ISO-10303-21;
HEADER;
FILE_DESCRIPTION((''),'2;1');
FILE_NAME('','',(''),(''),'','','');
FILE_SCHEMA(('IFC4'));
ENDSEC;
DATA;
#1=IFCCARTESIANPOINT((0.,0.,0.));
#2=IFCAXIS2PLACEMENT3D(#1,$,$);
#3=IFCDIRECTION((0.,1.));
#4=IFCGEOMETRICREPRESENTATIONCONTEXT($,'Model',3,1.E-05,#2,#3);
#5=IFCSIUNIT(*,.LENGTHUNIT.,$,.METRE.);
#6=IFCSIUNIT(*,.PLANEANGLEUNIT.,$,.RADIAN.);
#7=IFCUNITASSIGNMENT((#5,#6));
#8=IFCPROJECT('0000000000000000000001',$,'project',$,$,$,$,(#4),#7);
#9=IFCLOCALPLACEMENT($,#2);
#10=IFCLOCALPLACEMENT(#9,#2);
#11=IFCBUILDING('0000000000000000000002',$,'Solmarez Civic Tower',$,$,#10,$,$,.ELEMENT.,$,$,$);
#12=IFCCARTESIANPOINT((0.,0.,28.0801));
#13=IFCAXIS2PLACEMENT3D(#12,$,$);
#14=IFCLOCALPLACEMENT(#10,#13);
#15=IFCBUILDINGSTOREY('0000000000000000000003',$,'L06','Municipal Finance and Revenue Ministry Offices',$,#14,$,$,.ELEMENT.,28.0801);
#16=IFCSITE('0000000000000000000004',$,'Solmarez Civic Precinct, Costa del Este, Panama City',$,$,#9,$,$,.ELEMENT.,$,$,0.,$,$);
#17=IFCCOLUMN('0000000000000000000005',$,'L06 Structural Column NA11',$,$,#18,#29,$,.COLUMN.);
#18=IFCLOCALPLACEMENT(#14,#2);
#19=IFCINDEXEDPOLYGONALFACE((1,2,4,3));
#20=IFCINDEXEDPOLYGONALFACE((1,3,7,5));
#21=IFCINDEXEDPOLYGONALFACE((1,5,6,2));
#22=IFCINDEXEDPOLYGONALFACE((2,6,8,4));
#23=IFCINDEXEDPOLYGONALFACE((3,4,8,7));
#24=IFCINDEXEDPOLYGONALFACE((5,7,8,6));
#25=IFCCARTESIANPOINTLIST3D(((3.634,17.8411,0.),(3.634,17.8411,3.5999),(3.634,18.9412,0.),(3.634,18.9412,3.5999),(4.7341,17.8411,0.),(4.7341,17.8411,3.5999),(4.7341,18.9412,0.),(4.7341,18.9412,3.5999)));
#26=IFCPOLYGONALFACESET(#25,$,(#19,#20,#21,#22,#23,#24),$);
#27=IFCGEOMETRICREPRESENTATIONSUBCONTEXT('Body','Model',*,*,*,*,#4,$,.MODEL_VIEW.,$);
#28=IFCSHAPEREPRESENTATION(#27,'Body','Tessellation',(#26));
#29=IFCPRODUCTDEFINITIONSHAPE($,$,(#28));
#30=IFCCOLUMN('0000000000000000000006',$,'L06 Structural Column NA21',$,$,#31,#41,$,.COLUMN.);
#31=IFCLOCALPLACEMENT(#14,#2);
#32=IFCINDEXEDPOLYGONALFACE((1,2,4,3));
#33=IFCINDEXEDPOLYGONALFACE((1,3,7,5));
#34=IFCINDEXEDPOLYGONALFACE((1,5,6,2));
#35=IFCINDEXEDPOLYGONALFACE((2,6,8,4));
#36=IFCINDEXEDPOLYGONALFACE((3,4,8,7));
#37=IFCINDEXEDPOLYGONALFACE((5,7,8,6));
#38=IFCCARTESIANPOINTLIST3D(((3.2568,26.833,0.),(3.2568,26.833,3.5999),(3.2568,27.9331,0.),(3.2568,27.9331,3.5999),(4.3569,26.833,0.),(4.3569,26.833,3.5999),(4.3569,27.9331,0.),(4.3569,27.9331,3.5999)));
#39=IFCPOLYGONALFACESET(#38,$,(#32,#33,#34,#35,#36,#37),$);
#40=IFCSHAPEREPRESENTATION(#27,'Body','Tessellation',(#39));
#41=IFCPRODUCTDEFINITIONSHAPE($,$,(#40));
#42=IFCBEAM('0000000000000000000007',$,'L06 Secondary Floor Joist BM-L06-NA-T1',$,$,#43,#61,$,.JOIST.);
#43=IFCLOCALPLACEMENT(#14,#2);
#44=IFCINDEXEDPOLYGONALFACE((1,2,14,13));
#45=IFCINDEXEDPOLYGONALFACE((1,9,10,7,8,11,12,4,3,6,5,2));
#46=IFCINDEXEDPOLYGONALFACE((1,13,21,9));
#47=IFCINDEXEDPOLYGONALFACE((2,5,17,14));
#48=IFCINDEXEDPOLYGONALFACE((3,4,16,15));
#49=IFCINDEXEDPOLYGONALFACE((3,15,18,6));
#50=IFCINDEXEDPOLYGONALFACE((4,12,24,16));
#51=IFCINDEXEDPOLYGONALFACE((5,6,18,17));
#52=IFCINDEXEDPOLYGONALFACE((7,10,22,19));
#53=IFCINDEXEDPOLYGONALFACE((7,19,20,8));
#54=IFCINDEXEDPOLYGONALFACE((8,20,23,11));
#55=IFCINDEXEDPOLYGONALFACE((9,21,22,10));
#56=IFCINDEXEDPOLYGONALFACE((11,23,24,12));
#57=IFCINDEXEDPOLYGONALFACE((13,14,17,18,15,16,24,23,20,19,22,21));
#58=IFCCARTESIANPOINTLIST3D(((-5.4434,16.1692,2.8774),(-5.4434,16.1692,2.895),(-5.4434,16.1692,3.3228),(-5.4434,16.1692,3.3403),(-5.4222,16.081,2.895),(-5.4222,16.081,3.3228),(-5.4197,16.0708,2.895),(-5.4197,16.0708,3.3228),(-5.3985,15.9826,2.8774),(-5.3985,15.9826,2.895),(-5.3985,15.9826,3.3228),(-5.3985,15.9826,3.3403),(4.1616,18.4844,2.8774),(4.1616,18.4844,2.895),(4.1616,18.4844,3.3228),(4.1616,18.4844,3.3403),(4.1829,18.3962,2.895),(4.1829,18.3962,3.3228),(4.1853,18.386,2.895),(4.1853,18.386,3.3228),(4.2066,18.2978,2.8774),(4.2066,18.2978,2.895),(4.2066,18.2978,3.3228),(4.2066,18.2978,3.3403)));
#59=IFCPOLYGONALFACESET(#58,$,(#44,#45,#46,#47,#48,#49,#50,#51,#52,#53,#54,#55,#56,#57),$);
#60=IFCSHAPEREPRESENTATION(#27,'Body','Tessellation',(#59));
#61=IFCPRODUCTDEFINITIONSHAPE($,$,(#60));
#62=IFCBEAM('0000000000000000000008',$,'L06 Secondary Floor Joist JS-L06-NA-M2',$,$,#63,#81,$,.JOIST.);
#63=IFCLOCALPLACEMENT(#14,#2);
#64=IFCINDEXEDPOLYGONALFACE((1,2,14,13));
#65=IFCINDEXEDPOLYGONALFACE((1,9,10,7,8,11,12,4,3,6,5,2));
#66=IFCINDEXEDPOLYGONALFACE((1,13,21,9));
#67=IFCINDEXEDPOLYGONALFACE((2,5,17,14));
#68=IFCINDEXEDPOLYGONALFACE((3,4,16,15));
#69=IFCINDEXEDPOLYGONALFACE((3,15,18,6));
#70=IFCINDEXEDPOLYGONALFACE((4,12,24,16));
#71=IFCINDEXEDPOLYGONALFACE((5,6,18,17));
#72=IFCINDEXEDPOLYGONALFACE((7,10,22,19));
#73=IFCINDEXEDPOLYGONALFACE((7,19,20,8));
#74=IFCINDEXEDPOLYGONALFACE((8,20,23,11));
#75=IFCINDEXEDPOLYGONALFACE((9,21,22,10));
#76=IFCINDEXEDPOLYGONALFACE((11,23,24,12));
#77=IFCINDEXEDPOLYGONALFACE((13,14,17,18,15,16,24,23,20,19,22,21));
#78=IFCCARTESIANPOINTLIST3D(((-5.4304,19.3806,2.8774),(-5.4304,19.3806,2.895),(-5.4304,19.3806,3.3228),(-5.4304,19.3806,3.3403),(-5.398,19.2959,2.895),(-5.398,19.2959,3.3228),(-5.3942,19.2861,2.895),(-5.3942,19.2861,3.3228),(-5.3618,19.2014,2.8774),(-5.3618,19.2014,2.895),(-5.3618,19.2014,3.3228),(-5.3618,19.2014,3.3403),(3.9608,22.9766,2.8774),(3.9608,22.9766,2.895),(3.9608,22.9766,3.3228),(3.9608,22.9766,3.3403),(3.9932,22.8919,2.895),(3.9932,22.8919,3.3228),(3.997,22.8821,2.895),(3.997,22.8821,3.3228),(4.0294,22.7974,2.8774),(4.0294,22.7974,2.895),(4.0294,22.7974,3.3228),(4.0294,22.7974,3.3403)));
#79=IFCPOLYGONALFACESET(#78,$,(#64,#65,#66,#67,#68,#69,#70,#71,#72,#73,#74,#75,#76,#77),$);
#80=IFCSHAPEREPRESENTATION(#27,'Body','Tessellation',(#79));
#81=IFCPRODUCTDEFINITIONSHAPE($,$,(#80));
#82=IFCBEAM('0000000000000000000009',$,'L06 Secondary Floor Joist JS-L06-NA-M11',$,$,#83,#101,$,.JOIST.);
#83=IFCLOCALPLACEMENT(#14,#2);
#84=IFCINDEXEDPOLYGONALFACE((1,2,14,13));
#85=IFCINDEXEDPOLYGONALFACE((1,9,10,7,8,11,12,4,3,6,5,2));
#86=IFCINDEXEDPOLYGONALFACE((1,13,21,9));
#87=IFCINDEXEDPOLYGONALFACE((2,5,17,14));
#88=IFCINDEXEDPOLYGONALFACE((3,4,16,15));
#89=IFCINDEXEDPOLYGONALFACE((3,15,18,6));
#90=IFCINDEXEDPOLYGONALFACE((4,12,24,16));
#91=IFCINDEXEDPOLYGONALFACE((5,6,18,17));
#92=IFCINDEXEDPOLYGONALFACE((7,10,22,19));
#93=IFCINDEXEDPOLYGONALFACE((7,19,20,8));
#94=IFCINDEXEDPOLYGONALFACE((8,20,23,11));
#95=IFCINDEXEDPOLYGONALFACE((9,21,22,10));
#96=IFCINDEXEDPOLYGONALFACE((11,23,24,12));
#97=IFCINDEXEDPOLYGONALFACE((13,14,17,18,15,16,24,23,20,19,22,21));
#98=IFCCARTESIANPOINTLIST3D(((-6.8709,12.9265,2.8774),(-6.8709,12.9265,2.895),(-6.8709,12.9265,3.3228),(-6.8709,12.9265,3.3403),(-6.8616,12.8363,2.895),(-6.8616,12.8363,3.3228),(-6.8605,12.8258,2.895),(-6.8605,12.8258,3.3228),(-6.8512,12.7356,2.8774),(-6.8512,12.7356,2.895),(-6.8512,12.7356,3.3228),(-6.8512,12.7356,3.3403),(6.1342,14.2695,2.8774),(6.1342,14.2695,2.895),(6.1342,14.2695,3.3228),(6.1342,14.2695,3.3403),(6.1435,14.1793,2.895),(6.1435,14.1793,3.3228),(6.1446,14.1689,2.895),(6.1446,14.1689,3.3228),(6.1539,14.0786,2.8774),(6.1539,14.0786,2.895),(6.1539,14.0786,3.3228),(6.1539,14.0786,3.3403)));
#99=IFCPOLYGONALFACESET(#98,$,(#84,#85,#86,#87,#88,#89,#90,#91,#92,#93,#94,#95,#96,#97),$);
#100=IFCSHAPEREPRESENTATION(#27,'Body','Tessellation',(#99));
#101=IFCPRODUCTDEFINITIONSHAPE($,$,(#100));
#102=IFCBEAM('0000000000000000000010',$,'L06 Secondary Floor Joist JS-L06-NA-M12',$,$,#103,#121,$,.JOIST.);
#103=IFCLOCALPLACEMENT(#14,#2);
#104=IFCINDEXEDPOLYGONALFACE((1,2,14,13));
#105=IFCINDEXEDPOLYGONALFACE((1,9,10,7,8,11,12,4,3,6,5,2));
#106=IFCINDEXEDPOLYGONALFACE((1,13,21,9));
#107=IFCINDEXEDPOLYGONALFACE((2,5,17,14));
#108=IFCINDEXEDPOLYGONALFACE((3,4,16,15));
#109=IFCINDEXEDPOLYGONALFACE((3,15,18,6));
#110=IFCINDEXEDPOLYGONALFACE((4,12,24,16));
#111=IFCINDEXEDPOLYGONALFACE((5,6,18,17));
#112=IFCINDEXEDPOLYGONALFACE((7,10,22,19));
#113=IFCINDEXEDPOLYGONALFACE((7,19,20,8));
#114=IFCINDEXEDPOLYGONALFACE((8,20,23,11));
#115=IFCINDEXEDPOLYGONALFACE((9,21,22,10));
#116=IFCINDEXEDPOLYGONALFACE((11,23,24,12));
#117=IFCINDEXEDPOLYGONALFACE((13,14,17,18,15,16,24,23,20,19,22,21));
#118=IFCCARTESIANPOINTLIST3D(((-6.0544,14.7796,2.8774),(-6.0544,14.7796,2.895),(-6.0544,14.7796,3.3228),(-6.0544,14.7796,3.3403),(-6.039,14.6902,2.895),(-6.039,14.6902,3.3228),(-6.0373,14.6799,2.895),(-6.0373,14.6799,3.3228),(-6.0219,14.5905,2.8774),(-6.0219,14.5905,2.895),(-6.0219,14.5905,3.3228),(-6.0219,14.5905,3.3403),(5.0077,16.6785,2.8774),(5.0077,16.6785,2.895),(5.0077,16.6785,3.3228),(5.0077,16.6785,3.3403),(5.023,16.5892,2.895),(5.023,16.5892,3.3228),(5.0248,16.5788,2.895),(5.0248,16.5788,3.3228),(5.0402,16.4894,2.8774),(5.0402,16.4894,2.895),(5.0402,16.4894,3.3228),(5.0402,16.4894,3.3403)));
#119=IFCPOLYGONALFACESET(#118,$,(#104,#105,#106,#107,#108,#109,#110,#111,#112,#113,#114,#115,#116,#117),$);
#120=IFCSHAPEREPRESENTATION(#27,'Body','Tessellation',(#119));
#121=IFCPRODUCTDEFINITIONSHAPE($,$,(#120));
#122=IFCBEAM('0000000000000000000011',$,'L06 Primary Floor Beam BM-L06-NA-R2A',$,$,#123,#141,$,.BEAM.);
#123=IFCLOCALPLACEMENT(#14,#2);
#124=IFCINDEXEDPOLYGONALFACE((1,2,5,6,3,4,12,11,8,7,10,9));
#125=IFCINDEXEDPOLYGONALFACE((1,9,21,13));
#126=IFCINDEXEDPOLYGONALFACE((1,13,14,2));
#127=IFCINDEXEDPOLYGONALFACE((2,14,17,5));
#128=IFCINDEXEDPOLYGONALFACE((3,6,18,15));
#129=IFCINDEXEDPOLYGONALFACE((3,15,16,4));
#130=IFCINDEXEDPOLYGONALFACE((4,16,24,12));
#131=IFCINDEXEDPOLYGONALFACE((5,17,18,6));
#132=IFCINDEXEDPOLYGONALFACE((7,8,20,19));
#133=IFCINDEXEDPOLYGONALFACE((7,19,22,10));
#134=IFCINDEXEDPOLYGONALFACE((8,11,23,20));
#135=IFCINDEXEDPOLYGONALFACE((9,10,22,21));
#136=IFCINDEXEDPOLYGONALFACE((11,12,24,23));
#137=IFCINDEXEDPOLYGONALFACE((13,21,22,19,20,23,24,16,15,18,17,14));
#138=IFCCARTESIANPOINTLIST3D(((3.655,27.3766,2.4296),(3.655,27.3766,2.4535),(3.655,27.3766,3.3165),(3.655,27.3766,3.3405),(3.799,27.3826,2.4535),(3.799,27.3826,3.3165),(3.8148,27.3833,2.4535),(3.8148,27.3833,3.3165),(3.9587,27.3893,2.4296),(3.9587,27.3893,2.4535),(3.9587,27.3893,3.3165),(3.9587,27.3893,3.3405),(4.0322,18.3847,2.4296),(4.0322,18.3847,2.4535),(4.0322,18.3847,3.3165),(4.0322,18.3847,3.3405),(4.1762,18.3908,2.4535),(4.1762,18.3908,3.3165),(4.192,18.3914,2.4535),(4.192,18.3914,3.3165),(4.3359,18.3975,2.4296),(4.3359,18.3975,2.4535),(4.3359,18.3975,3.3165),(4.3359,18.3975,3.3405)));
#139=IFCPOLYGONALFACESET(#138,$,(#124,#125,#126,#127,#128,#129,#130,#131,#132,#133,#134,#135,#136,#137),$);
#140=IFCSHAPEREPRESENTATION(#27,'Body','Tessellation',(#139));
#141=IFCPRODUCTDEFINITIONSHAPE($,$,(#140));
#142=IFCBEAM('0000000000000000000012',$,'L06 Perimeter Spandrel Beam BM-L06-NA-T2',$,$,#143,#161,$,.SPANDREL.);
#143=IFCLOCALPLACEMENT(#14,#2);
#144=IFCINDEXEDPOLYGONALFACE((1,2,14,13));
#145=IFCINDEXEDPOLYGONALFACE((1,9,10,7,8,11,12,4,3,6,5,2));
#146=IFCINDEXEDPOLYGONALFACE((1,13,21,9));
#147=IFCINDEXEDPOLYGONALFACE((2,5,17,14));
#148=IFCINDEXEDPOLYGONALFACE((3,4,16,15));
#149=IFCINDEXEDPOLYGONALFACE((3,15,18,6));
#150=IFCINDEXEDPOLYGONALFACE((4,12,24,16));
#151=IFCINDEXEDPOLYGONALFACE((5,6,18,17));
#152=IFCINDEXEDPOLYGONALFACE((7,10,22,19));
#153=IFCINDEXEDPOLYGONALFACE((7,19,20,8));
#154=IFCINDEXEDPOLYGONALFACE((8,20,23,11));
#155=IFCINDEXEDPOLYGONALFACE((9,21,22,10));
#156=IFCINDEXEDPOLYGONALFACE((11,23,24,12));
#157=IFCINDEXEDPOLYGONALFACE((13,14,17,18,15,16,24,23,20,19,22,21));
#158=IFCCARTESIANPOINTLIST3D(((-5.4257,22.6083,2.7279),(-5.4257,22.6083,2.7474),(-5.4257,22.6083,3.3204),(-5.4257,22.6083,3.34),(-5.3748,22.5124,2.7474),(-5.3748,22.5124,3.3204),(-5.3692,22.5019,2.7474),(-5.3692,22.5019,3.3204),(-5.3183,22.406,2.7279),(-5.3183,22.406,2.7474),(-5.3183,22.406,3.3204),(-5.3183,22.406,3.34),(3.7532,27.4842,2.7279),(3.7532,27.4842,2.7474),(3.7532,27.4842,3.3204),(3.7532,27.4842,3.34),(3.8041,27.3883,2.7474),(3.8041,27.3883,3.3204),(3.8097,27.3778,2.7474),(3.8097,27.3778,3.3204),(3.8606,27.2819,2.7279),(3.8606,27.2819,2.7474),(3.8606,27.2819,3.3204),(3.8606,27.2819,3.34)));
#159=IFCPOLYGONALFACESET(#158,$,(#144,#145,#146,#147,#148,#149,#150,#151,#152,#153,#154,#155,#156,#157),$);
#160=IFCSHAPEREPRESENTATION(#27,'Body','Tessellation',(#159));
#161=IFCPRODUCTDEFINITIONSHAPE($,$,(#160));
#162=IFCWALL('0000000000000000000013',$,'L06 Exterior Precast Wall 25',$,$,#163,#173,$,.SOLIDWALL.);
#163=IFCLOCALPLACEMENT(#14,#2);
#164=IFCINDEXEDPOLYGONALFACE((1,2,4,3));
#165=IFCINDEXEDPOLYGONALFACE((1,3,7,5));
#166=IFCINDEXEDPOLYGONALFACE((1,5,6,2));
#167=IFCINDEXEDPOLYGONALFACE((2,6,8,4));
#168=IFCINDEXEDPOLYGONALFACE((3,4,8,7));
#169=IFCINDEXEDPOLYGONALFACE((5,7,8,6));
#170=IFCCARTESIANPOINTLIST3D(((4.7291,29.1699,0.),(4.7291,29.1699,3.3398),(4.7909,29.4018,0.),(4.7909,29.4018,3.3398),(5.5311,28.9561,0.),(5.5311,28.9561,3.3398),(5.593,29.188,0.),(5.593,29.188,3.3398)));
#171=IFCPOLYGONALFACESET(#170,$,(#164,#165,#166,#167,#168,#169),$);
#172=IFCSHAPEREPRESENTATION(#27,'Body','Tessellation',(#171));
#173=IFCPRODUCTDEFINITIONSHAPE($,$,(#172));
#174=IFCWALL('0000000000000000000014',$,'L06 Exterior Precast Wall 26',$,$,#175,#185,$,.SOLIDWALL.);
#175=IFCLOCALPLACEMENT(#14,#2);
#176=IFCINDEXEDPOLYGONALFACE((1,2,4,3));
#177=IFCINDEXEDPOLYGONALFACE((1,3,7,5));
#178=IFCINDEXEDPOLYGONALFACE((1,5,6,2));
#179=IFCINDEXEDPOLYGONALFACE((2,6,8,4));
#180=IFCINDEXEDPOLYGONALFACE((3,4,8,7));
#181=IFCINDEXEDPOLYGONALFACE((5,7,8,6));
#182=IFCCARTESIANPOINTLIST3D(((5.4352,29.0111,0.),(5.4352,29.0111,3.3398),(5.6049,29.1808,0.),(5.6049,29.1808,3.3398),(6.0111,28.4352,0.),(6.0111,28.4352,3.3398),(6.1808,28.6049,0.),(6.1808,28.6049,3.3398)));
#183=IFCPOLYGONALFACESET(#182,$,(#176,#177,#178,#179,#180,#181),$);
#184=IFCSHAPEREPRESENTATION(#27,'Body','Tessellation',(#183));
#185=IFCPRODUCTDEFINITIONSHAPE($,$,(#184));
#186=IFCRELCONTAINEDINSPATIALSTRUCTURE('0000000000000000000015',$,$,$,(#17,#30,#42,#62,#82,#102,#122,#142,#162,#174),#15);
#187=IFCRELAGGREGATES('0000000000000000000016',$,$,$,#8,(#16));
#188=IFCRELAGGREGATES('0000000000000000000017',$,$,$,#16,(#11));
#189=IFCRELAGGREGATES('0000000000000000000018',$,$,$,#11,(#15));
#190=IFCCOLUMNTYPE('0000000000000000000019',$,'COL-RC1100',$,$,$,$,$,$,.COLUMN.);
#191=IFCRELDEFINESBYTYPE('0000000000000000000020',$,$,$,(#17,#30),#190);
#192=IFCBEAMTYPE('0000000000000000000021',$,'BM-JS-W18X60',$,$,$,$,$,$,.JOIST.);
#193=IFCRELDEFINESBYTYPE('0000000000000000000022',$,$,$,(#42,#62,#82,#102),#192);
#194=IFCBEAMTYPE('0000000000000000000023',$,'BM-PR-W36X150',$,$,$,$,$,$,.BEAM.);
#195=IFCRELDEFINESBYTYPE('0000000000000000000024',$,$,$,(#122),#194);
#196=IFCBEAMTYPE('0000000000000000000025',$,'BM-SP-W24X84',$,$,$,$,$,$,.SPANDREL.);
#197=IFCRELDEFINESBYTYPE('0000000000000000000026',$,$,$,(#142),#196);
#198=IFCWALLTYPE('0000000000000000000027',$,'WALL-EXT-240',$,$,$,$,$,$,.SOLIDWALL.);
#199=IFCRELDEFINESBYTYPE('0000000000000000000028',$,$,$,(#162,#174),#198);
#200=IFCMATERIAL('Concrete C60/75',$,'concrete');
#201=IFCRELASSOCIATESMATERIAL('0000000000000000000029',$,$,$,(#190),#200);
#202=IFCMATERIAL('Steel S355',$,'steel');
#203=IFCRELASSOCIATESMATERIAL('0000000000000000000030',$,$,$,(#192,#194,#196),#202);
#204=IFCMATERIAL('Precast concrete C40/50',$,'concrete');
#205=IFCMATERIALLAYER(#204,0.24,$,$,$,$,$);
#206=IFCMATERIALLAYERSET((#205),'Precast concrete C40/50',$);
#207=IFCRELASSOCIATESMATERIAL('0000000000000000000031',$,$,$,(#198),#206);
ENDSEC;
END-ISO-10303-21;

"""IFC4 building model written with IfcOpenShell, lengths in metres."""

from ifc_helpers import new_model, si_unit, direction, frame, frame_2d, origin, origin_2d, place, context, subcontext, project, spatial, rectangle, i_section, extrude, material, layer, layer_set, material_profile, profile_set, type_object, element, save


model = new_model("IFC4")

# Units and contexts
model_context = context("Model", 3, precision=1e-05, world=origin(), true_north=direction((0.0, 1.0)))
body_context = subcontext(model_context, "Body", "Model", "MODEL_VIEW")
ifc_project = project(units=[si_unit("LENGTHUNIT", "METRE"), si_unit("PLANEANGLEUNIT", "RADIAN")], contexts=[model_context])

# Site, building, storey
site_placement = place(None, origin())
site = spatial("IfcSite", under=ifc_project, at=site_placement, Name="Solmarez Civic Precinct, Costa del Este, Panama City", CompositionType="ELEMENT", RefElevation=0.0)
building_placement = place(site_placement, origin())
building = spatial("IfcBuilding", under=site, at=building_placement, Name="Solmarez Civic Tower", CompositionType="ELEMENT")
storey_placement = place(building_placement, frame((0.0, 0.0, 28.0801)))
storey = spatial("IfcBuildingStorey", under=building, at=storey_placement, Name="L06", Description="Municipal Finance and Revenue Ministry Offices", CompositionType="ELEMENT", Elevation=28.0801)

# Columns
ifc_material_1 = material(Name="Concrete C60/75", Category="concrete")
ifc_material_profile_1 = material_profile(ifc_material_1, rectangle(XDim=1.1001, YDim=1.1001, at=origin_2d()), Name="RC1100X1100")
ifc_profile_set_1 = profile_set([ifc_material_profile_1], Name="Concrete C60/75")
column_type = type_object("IfcColumnType", Name="COL-RC1100", PredefinedType="COLUMN", material=ifc_profile_set_1)
for number, where, z_axis, x_axis, name in (
    (1, (4.1841, 18.3911, 0.0), (0.0, 0.0, 1.0), (1.0, 0.0, 0.0), "L06 Structural Column NA11"),
    (2, (3.8069, 27.3831, 0.0), (0.0, 0.0, 1.0), (1.0, 0.0, 0.0), "L06 Structural Column NA21"),
):
    element("IfcColumn", number, at=place(storey_placement, frame(where, z_axis=z_axis, x_axis=x_axis)), inside=storey, type_object=column_type, Name=name, PredefinedType="COLUMN", context=body_context, shape_type="SweptSolid", body=[
        extrude(rectangle(XDim=1.1001, YDim=1.1001, at=origin_2d()), origin(), (0.0, 0.0, 1.0), 3.5999),
    ])

# Beams
ifc_material_2 = material(Name="Steel S355", Category="steel")
ifc_material_profile_2 = material_profile(ifc_material_2, i_section(OverallWidth=0.1919, OverallDepth=0.4629, WebThickness=0.0105, FlangeThickness=0.0176, at=origin_2d()), Name="W18X60")
ifc_profile_set_2 = profile_set([ifc_material_profile_2], Name="Steel S355")
beam_type_1 = type_object("IfcBeamType", Name="BM-JS-W18X60", PredefinedType="JOIST", material=ifc_profile_set_2)
beam_1_placement = place(storey_placement, frame((4.1841, 18.3911, 3.1089), z_axis=(-0.972157, -0.234329, 0.0), x_axis=(0.234329, -0.972157, 0.0)))
element("IfcBeam", 3, at=beam_1_placement, inside=storey, type_object=beam_type_1, Name="L06 Secondary Floor Joist BM-L06-NA-T1", PredefinedType="JOIST", context=body_context, shape_type="SweptSolid", body=[
    extrude(i_section(OverallWidth=0.1919, OverallDepth=0.4629, WebThickness=0.0105, FlangeThickness=0.0176, at=origin_2d()), origin(), (0.0, 0.0, 1.0), 9.8801),
])
beam_2_placement = place(storey_placement, frame((3.9951, 22.887, 3.1089), z_axis=(-0.933878, -0.357591, 0.0), x_axis=(0.357591, -0.933878, 0.0)))
element("IfcBeam", 4, at=beam_2_placement, inside=storey, type_object=beam_type_1, Name="L06 Secondary Floor Joist JS-L06-NA-M2", PredefinedType="JOIST", context=body_context, shape_type="SweptSolid", body=[
    extrude(i_section(OverallWidth=0.1919, OverallDepth=0.4629, WebThickness=0.0105, FlangeThickness=0.0176, at=origin_2d()), origin(), (0.0, 0.0, 1.0), 10.0562),
])
beam_3_placement = place(storey_placement, frame((6.144, 14.1741, 3.1089), z_axis=(-0.99471, -0.102722, 0.0), x_axis=(0.102722, -0.99471, 0.0)))
element("IfcBeam", 5, at=beam_3_placement, inside=storey, type_object=beam_type_1, Name="L06 Secondary Floor Joist JS-L06-NA-M11", PredefinedType="JOIST", context=body_context, shape_type="SweptSolid", body=[
    extrude(i_section(OverallWidth=0.1919, OverallDepth=0.4629, WebThickness=0.0105, FlangeThickness=0.0176, at=origin_2d()), origin(), (0.0, 0.0, 1.0), 13.0742),
])
beam_4_placement = place(storey_placement, frame((5.0239, 16.584, 3.1089), z_axis=(-0.985584, -0.169187, 0.0), x_axis=(0.169187, -0.985584, 0.0)))
element("IfcBeam", 6, at=beam_4_placement, inside=storey, type_object=beam_type_1, Name="L06 Secondary Floor Joist JS-L06-NA-M12", PredefinedType="JOIST", context=body_context, shape_type="SweptSolid", body=[
    extrude(i_section(OverallWidth=0.1919, OverallDepth=0.4629, WebThickness=0.0105, FlangeThickness=0.0176, at=origin_2d()), origin(), (0.0, 0.0, 1.0), 11.2239),
])
ifc_material_profile_3 = material_profile(ifc_material_2, i_section(OverallWidth=0.304, OverallDepth=0.9109, WebThickness=0.0159, FlangeThickness=0.0239, at=origin_2d()), Name="W36X150")
ifc_profile_set_3 = profile_set([ifc_material_profile_3], Name="Steel S355")
beam_type_2 = type_object("IfcBeamType", Name="BM-PR-W36X150", PredefinedType="BEAM", material=ifc_profile_set_3)
beam_5_placement = place(storey_placement, frame((4.1841, 18.3911, 2.885), z_axis=(-0.041911, 0.999121, 0.0), x_axis=(-0.999121, -0.041911, 0.0)))
element("IfcBeam", 7, at=beam_5_placement, inside=storey, type_object=beam_type_2, Name="L06 Primary Floor Beam BM-L06-NA-R2A", PredefinedType="BEAM", context=body_context, shape_type="SweptSolid", body=[
    extrude(i_section(OverallWidth=0.304, OverallDepth=0.9109, WebThickness=0.0159, FlangeThickness=0.0239, at=origin_2d()), origin(), (0.0, 0.0, 1.0), 8.9998),
])
ifc_material_profile_4 = material_profile(ifc_material_2, i_section(OverallWidth=0.229, OverallDepth=0.6121, WebThickness=0.012, FlangeThickness=0.0195, at=origin_2d()), Name="W24X84")
ifc_profile_set_4 = profile_set([ifc_material_profile_4], Name="Steel S355")
beam_type_3 = type_object("IfcBeamType", Name="BM-SP-W24X84", PredefinedType="SPANDREL", material=ifc_profile_set_4)
beam_6_placement = place(storey_placement, frame((3.8069, 27.3831, 3.0339), z_axis=(-0.883129, -0.469129, 0.0), x_axis=(0.469129, -0.883129, 0.0)))
element("IfcBeam", 8, at=beam_6_placement, inside=storey, type_object=beam_type_3, Name="L06 Perimeter Spandrel Beam BM-L06-NA-T2", PredefinedType="SPANDREL", context=body_context, shape_type="SweptSolid", body=[
    extrude(i_section(OverallWidth=0.229, OverallDepth=0.6121, WebThickness=0.012, FlangeThickness=0.0195, at=origin_2d()), origin(), (0.0, 0.0, 1.0), 10.3936),
])

# Walls
ifc_material_3 = material(Name="Precast concrete C40/50", Category="concrete")
ifc_layer_1 = layer(ifc_material_3, 0.24)
ifc_layer_set_1 = layer_set([ifc_layer_1], Name="Precast concrete C40/50")
wall_type_1 = type_object("IfcWallType", Name="WALL-EXT-240", PredefinedType="SOLIDWALL", material=ifc_layer_set_1)
wall_1_placement = place(storey_placement, frame((4.76, 29.2859, 0.0), z_axis=(0.0, 0.0, 1.0), x_axis=(0.966235, -0.257663, 0.0)))
element("IfcWall", 9, at=wall_1_placement, inside=storey, type_object=wall_type_1, Name="L06 Exterior Precast Wall 25", PredefinedType="SOLIDWALL", context=body_context, shape_type="SweptSolid", body=[
    extrude(rectangle(XDim=0.8301, YDim=0.24, at=frame_2d((0.415, 0.0))), origin(), (0.0, 0.0, 1.0), 3.3398),
])
wall_2_placement = place(storey_placement, frame((5.52, 29.0959, 0.0), z_axis=(0.0, 0.0, 1.0), x_axis=(0.707107, -0.707107, 0.0)))
element("IfcWall", 10, at=wall_2_placement, inside=storey, type_object=wall_type_1, Name="L06 Exterior Precast Wall 26", PredefinedType="SOLIDWALL", context=body_context, shape_type="SweptSolid", body=[
    extrude(rectangle(XDim=0.8145, YDim=0.24, at=frame_2d((0.4072, 0.0))), origin(), (0.0, 0.0, 1.0), 3.3398),
])

save(model, "model.ifc")
